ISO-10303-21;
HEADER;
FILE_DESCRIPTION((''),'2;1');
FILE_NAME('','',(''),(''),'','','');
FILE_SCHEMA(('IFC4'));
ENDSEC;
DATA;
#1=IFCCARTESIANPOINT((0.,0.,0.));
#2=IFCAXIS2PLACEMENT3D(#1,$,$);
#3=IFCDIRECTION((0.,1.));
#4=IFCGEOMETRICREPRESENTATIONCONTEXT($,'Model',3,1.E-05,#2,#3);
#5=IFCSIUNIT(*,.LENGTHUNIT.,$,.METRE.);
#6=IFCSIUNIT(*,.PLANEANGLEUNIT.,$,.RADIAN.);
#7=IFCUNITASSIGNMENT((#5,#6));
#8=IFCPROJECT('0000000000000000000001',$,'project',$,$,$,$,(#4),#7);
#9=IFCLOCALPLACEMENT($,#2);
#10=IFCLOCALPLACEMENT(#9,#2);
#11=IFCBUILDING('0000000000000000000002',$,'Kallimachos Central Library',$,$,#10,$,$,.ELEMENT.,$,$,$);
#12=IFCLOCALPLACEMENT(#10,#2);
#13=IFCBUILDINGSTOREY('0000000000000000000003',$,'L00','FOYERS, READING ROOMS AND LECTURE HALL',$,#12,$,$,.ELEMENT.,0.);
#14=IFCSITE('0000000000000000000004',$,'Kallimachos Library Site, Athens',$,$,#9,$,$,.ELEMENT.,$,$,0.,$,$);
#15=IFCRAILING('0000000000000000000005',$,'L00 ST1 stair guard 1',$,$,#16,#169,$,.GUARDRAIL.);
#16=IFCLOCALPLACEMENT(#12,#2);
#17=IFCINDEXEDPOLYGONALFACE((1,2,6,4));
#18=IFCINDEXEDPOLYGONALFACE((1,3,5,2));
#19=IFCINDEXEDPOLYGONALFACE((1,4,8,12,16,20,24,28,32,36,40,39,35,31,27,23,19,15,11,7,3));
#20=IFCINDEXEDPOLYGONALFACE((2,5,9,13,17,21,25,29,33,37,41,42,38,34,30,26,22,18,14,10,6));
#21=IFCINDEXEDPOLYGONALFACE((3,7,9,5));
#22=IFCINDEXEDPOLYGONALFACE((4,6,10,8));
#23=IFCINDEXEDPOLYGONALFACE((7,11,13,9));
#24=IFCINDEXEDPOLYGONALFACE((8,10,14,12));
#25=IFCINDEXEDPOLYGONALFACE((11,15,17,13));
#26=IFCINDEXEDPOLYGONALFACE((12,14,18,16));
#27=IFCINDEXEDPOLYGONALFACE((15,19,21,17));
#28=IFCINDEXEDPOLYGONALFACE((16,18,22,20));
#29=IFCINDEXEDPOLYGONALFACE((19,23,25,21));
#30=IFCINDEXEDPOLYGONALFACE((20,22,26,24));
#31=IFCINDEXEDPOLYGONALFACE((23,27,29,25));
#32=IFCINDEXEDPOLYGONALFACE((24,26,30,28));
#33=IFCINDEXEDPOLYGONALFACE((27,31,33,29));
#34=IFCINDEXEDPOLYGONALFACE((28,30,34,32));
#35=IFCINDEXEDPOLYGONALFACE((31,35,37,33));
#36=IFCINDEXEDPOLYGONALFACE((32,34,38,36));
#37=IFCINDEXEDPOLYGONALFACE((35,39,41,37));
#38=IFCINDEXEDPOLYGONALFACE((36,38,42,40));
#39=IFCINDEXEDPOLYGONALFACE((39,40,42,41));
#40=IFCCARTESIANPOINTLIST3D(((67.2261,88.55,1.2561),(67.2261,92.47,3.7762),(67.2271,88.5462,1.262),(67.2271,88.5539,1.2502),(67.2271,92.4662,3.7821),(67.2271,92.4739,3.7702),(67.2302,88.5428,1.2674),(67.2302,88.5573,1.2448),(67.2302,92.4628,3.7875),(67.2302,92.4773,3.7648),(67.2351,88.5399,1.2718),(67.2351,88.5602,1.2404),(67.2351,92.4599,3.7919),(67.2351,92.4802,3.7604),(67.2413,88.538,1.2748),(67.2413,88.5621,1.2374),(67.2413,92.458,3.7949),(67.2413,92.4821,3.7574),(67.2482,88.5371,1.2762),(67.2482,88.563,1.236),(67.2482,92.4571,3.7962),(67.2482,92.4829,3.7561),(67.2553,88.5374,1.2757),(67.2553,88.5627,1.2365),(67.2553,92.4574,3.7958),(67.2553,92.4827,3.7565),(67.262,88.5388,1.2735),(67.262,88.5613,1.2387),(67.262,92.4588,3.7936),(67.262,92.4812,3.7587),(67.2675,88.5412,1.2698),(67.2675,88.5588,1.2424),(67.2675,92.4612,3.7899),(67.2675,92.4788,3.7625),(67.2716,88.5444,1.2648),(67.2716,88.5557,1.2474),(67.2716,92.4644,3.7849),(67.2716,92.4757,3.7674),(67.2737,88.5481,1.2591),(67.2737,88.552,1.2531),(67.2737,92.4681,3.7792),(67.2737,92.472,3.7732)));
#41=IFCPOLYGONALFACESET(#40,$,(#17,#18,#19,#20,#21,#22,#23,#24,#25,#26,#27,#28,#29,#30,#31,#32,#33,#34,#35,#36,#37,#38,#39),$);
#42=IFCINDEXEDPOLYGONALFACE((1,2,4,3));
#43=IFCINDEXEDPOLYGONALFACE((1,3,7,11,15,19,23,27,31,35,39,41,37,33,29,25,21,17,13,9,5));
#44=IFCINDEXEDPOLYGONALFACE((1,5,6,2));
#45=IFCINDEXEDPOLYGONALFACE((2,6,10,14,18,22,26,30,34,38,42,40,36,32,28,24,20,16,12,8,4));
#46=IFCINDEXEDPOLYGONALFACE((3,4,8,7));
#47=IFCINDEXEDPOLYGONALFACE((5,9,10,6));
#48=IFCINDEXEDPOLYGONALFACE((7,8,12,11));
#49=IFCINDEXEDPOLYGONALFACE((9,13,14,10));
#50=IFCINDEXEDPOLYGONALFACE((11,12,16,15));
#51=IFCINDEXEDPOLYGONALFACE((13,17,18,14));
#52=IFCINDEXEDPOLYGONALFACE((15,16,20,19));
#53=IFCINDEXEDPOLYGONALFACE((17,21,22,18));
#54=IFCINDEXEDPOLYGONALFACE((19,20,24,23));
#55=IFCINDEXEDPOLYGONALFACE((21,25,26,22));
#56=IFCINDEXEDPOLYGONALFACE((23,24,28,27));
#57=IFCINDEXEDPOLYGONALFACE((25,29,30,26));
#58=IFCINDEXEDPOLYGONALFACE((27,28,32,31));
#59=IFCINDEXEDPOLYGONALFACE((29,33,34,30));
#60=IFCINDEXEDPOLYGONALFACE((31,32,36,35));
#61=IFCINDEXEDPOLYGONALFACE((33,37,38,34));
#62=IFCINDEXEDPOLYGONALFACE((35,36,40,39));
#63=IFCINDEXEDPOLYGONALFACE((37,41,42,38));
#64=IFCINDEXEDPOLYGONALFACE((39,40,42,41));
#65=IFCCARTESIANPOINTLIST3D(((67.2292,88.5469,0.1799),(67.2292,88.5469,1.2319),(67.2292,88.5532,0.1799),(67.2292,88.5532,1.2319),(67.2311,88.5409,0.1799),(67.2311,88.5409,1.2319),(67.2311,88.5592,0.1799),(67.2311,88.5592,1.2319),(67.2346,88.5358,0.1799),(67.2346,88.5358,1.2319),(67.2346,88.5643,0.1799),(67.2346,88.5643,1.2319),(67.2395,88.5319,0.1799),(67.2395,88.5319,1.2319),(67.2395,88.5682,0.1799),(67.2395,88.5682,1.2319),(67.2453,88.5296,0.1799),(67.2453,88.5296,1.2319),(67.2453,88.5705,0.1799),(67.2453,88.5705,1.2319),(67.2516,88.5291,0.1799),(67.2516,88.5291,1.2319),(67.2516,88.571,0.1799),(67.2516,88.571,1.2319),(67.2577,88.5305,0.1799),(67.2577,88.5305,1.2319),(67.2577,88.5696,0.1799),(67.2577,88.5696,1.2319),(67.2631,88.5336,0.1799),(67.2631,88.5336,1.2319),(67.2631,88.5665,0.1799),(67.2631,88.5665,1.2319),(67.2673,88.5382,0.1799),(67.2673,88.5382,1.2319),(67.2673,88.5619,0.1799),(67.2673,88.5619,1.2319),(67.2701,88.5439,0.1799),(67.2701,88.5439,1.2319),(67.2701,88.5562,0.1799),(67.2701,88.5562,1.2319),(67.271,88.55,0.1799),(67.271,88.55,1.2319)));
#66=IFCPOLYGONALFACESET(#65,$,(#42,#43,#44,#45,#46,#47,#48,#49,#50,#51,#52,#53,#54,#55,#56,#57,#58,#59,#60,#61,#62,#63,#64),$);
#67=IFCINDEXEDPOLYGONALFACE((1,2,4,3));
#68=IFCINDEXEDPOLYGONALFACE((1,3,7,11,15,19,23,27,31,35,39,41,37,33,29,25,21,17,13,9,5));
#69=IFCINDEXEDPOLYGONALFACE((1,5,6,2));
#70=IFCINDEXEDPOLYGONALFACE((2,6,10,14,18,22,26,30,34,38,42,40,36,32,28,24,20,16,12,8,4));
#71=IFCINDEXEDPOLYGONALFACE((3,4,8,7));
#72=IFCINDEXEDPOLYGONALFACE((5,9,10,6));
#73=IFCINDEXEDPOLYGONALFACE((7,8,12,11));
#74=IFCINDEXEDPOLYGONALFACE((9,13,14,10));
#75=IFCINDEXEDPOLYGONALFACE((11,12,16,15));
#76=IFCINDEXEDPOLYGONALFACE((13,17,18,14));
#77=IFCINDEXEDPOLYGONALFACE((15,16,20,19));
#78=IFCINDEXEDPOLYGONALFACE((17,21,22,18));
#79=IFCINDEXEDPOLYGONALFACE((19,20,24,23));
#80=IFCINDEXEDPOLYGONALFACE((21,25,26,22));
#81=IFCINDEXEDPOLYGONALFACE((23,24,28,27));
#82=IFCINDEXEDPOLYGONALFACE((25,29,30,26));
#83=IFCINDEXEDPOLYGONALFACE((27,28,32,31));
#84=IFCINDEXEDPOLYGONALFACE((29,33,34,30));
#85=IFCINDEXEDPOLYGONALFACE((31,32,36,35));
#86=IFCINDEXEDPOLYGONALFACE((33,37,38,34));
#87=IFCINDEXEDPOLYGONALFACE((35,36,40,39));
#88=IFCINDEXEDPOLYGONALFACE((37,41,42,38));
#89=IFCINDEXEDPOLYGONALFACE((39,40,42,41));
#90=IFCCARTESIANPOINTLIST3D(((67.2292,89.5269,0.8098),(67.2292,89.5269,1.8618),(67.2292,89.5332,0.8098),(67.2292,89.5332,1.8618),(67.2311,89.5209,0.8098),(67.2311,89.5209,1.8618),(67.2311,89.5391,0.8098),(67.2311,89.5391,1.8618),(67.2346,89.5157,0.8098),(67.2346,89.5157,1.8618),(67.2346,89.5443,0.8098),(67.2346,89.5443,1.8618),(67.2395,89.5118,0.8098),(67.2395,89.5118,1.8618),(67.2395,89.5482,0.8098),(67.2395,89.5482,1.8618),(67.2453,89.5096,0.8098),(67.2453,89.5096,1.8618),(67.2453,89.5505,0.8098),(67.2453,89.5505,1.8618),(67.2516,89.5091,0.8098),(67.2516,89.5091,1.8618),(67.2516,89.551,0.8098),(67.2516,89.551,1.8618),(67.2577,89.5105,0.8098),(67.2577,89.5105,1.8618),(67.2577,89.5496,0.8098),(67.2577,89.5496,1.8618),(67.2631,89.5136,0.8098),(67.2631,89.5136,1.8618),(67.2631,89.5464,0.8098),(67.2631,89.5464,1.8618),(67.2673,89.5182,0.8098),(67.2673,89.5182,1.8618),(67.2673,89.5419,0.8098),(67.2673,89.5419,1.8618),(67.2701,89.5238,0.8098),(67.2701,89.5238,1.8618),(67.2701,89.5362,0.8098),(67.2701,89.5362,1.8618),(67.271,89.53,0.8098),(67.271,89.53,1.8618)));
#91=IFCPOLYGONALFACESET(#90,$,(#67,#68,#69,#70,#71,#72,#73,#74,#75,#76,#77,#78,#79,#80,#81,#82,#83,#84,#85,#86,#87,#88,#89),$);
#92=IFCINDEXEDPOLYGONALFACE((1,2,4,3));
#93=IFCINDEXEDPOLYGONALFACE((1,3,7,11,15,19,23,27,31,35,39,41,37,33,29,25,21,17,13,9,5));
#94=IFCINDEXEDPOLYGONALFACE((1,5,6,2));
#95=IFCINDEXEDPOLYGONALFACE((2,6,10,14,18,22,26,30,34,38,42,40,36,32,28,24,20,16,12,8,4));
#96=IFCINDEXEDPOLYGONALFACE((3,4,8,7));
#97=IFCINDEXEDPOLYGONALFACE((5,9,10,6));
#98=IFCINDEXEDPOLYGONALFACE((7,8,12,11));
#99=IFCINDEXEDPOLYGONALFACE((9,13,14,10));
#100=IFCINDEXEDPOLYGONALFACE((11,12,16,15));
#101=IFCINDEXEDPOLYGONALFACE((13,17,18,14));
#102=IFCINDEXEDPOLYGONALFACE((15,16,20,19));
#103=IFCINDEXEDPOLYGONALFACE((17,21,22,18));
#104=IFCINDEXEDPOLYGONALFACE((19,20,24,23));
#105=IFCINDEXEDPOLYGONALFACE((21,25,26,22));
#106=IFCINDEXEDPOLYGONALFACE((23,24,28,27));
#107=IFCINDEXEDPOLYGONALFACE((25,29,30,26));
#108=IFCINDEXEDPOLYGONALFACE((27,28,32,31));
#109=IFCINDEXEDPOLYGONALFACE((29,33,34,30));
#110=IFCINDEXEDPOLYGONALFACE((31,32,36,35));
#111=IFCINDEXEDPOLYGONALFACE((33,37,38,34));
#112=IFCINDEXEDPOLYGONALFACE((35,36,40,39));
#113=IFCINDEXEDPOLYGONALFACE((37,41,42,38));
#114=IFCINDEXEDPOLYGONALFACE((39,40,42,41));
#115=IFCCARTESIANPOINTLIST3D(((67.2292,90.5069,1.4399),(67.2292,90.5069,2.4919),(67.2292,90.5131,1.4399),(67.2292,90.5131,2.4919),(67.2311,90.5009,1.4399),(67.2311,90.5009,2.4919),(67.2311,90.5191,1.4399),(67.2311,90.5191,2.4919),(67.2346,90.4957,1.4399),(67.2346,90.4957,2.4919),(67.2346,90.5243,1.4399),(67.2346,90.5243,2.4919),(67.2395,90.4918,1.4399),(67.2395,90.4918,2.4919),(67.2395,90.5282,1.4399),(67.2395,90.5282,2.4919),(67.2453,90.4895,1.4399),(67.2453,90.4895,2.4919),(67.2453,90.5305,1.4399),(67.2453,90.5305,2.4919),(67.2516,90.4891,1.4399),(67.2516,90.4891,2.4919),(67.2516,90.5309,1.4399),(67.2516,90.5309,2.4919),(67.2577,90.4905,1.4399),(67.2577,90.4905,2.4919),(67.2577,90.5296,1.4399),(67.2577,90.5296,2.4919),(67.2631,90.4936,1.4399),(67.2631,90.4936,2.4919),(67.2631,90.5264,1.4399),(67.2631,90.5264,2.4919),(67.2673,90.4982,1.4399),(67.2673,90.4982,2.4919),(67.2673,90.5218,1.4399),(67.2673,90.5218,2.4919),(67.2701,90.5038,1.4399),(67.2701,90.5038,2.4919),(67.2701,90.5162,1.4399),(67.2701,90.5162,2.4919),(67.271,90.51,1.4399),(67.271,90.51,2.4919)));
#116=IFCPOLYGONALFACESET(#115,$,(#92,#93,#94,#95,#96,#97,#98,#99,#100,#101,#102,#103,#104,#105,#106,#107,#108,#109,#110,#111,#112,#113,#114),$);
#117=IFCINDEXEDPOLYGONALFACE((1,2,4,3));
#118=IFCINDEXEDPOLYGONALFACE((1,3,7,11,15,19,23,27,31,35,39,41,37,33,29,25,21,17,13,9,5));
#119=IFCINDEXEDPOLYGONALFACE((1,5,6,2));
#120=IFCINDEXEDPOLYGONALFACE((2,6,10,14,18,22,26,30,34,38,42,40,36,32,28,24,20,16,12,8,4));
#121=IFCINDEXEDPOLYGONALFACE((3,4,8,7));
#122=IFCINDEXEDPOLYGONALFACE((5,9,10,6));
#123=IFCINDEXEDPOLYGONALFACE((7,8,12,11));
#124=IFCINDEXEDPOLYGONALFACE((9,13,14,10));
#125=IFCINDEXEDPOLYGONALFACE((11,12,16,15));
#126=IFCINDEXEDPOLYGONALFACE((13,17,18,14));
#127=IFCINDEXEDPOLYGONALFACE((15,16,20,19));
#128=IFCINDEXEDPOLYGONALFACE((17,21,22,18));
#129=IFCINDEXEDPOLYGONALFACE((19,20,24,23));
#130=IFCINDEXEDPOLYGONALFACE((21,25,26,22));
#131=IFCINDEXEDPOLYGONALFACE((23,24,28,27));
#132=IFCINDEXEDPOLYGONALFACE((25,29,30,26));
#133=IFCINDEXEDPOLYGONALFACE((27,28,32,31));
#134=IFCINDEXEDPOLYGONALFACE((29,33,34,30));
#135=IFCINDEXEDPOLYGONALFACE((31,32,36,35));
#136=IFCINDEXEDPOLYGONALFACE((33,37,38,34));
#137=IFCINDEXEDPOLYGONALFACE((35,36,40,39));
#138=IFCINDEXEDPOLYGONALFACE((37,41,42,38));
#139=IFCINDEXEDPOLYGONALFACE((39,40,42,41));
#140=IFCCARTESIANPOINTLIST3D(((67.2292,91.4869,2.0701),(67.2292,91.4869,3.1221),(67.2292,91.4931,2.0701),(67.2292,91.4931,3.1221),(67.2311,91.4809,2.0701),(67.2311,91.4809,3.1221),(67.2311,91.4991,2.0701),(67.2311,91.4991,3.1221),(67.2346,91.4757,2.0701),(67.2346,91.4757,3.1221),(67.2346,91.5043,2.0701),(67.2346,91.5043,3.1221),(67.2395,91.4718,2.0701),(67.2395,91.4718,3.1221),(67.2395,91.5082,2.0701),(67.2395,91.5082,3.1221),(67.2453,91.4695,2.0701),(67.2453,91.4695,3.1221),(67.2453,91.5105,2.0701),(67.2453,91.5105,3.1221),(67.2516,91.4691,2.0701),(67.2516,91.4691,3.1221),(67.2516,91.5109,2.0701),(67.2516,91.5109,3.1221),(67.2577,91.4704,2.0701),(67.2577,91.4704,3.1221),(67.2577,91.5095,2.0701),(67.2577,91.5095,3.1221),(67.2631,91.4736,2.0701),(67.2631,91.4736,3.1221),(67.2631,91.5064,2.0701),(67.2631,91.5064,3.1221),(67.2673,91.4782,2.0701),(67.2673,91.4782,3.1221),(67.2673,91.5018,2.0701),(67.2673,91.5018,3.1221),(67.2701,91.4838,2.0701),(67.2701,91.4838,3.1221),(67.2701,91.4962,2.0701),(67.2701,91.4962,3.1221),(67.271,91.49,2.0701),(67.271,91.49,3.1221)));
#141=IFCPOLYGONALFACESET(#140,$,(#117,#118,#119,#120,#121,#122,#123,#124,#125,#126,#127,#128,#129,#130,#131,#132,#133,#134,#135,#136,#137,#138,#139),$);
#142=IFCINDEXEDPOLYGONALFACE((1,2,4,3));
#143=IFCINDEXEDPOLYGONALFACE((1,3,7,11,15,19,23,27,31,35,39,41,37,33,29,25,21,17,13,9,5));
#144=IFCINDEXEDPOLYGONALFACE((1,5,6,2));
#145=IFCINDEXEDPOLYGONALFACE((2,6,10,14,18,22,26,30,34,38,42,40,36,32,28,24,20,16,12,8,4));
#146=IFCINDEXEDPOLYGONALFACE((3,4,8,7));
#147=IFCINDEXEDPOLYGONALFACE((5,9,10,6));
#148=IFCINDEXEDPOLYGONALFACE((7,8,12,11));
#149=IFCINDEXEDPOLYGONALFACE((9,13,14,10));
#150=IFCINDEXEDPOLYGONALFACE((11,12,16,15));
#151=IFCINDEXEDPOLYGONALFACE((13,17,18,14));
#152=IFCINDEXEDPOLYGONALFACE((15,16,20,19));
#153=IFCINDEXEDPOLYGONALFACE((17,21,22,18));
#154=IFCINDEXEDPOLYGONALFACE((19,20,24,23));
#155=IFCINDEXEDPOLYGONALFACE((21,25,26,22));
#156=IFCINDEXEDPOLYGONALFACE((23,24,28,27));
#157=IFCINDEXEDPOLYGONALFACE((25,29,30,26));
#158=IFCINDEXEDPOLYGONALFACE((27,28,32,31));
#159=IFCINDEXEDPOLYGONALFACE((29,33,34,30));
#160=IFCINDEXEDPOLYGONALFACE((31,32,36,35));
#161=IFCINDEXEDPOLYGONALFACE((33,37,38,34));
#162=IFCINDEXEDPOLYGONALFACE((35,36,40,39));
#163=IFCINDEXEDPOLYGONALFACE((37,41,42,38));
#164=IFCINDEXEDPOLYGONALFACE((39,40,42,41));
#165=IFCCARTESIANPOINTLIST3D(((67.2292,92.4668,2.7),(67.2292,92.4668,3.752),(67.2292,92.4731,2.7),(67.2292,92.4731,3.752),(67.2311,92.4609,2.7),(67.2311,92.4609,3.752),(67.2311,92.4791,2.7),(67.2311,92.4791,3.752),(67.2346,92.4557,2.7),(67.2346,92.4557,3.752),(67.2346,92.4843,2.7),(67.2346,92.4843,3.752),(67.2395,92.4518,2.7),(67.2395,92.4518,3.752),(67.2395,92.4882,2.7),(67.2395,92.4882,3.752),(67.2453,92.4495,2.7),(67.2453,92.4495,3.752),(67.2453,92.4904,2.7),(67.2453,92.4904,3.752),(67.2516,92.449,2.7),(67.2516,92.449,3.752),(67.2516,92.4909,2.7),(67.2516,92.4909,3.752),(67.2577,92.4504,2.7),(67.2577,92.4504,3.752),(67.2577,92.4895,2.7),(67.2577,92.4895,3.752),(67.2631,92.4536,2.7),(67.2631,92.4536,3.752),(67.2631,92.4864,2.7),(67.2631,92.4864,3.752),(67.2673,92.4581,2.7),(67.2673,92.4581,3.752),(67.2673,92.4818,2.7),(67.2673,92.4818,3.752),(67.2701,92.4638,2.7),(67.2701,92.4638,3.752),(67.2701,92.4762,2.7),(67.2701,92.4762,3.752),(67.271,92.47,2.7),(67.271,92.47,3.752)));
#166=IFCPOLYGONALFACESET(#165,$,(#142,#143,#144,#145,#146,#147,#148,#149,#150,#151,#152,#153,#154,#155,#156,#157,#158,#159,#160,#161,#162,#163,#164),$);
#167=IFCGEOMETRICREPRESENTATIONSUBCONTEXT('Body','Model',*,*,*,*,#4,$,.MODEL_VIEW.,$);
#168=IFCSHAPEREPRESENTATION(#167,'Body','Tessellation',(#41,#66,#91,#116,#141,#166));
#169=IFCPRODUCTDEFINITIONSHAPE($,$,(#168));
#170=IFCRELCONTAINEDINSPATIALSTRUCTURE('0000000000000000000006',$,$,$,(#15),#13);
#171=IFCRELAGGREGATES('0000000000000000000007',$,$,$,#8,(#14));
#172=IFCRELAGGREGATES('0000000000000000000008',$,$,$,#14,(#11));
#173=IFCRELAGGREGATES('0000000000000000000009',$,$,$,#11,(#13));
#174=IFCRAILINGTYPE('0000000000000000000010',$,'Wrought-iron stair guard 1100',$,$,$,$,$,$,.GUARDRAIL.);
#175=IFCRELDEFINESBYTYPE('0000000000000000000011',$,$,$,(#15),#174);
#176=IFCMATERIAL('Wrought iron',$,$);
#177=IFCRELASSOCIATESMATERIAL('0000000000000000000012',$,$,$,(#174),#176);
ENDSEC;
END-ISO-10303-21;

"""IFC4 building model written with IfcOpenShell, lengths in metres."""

from ifc_helpers import new_model, si_unit, direction, frame, origin, origin_2d, place, context, subcontext, project, spatial, circle, extrude, material, type_object, element, save


model = new_model("IFC4")

# Units and contexts
model_context = context("Model", 3, precision=1e-05, world=origin(), true_north=direction((0.0, 1.0)))
body_context = subcontext(model_context, "Body", "Model", "MODEL_VIEW")
ifc_project = project(units=[si_unit("LENGTHUNIT", "METRE"), si_unit("PLANEANGLEUNIT", "RADIAN")], contexts=[model_context])

# Site, building, storey
site_placement = place(None, origin())
site = spatial("IfcSite", under=ifc_project, at=site_placement, Name="Kallimachos Library Site, Athens", CompositionType="ELEMENT", RefElevation=0.0)
building_placement = place(site_placement, origin())
building = spatial("IfcBuilding", under=site, at=building_placement, Name="Kallimachos Central Library", CompositionType="ELEMENT")
storey_placement = place(building_placement, origin())
storey = spatial("IfcBuildingStorey", under=building, at=storey_placement, Name="L00", Description="FOYERS, READING ROOMS AND LECTURE HALL", CompositionType="ELEMENT", Elevation=0.0)

# Railing
ifc_material_1 = material(Name="Wrought iron")
railing_type_1 = type_object("IfcRailingType", Name="Wrought-iron stair guard 1100", PredefinedType="GUARDRAIL", material=ifc_material_1)
railing_1_placement = place(storey_placement, frame((67.25, 88.55, 0.1799)))
element("IfcRailing", 1, at=railing_1_placement, inside=storey, type_object=railing_type_1, Name="L00 ST1 stair guard 1", PredefinedType="GUARDRAIL", context=body_context, shape_type="SweptSolid", body=[
    extrude(circle(Radius=0.0239, at=origin_2d()), frame((0.0, 0.0, 1.0762), z_axis=(0.0, 0.841172, 0.540768), x_axis=(-1.0, 0.0, 0.0)), (0.0, 0.0, 1.0), 4.6602),
    extrude(circle(Radius=0.021, at=origin_2d()), origin(), (0.0, 0.0, 1.0), 1.052),
    extrude(circle(Radius=0.021, at=origin_2d()), frame((0.0, 0.98, 0.6299)), (0.0, 0.0, 1.0), 1.052),
    extrude(circle(Radius=0.021, at=origin_2d()), frame((0.0, 1.96, 1.26)), (0.0, 0.0, 1.0), 1.052),
    extrude(circle(Radius=0.021, at=origin_2d()), frame((0.0, 2.9399, 1.8901)), (0.0, 0.0, 1.0), 1.052),
    extrude(circle(Radius=0.021, at=origin_2d()), frame((0.0, 3.9199, 2.52)), (0.0, 0.0, 1.0), 1.052),
])

save(model, "model.ifc")
